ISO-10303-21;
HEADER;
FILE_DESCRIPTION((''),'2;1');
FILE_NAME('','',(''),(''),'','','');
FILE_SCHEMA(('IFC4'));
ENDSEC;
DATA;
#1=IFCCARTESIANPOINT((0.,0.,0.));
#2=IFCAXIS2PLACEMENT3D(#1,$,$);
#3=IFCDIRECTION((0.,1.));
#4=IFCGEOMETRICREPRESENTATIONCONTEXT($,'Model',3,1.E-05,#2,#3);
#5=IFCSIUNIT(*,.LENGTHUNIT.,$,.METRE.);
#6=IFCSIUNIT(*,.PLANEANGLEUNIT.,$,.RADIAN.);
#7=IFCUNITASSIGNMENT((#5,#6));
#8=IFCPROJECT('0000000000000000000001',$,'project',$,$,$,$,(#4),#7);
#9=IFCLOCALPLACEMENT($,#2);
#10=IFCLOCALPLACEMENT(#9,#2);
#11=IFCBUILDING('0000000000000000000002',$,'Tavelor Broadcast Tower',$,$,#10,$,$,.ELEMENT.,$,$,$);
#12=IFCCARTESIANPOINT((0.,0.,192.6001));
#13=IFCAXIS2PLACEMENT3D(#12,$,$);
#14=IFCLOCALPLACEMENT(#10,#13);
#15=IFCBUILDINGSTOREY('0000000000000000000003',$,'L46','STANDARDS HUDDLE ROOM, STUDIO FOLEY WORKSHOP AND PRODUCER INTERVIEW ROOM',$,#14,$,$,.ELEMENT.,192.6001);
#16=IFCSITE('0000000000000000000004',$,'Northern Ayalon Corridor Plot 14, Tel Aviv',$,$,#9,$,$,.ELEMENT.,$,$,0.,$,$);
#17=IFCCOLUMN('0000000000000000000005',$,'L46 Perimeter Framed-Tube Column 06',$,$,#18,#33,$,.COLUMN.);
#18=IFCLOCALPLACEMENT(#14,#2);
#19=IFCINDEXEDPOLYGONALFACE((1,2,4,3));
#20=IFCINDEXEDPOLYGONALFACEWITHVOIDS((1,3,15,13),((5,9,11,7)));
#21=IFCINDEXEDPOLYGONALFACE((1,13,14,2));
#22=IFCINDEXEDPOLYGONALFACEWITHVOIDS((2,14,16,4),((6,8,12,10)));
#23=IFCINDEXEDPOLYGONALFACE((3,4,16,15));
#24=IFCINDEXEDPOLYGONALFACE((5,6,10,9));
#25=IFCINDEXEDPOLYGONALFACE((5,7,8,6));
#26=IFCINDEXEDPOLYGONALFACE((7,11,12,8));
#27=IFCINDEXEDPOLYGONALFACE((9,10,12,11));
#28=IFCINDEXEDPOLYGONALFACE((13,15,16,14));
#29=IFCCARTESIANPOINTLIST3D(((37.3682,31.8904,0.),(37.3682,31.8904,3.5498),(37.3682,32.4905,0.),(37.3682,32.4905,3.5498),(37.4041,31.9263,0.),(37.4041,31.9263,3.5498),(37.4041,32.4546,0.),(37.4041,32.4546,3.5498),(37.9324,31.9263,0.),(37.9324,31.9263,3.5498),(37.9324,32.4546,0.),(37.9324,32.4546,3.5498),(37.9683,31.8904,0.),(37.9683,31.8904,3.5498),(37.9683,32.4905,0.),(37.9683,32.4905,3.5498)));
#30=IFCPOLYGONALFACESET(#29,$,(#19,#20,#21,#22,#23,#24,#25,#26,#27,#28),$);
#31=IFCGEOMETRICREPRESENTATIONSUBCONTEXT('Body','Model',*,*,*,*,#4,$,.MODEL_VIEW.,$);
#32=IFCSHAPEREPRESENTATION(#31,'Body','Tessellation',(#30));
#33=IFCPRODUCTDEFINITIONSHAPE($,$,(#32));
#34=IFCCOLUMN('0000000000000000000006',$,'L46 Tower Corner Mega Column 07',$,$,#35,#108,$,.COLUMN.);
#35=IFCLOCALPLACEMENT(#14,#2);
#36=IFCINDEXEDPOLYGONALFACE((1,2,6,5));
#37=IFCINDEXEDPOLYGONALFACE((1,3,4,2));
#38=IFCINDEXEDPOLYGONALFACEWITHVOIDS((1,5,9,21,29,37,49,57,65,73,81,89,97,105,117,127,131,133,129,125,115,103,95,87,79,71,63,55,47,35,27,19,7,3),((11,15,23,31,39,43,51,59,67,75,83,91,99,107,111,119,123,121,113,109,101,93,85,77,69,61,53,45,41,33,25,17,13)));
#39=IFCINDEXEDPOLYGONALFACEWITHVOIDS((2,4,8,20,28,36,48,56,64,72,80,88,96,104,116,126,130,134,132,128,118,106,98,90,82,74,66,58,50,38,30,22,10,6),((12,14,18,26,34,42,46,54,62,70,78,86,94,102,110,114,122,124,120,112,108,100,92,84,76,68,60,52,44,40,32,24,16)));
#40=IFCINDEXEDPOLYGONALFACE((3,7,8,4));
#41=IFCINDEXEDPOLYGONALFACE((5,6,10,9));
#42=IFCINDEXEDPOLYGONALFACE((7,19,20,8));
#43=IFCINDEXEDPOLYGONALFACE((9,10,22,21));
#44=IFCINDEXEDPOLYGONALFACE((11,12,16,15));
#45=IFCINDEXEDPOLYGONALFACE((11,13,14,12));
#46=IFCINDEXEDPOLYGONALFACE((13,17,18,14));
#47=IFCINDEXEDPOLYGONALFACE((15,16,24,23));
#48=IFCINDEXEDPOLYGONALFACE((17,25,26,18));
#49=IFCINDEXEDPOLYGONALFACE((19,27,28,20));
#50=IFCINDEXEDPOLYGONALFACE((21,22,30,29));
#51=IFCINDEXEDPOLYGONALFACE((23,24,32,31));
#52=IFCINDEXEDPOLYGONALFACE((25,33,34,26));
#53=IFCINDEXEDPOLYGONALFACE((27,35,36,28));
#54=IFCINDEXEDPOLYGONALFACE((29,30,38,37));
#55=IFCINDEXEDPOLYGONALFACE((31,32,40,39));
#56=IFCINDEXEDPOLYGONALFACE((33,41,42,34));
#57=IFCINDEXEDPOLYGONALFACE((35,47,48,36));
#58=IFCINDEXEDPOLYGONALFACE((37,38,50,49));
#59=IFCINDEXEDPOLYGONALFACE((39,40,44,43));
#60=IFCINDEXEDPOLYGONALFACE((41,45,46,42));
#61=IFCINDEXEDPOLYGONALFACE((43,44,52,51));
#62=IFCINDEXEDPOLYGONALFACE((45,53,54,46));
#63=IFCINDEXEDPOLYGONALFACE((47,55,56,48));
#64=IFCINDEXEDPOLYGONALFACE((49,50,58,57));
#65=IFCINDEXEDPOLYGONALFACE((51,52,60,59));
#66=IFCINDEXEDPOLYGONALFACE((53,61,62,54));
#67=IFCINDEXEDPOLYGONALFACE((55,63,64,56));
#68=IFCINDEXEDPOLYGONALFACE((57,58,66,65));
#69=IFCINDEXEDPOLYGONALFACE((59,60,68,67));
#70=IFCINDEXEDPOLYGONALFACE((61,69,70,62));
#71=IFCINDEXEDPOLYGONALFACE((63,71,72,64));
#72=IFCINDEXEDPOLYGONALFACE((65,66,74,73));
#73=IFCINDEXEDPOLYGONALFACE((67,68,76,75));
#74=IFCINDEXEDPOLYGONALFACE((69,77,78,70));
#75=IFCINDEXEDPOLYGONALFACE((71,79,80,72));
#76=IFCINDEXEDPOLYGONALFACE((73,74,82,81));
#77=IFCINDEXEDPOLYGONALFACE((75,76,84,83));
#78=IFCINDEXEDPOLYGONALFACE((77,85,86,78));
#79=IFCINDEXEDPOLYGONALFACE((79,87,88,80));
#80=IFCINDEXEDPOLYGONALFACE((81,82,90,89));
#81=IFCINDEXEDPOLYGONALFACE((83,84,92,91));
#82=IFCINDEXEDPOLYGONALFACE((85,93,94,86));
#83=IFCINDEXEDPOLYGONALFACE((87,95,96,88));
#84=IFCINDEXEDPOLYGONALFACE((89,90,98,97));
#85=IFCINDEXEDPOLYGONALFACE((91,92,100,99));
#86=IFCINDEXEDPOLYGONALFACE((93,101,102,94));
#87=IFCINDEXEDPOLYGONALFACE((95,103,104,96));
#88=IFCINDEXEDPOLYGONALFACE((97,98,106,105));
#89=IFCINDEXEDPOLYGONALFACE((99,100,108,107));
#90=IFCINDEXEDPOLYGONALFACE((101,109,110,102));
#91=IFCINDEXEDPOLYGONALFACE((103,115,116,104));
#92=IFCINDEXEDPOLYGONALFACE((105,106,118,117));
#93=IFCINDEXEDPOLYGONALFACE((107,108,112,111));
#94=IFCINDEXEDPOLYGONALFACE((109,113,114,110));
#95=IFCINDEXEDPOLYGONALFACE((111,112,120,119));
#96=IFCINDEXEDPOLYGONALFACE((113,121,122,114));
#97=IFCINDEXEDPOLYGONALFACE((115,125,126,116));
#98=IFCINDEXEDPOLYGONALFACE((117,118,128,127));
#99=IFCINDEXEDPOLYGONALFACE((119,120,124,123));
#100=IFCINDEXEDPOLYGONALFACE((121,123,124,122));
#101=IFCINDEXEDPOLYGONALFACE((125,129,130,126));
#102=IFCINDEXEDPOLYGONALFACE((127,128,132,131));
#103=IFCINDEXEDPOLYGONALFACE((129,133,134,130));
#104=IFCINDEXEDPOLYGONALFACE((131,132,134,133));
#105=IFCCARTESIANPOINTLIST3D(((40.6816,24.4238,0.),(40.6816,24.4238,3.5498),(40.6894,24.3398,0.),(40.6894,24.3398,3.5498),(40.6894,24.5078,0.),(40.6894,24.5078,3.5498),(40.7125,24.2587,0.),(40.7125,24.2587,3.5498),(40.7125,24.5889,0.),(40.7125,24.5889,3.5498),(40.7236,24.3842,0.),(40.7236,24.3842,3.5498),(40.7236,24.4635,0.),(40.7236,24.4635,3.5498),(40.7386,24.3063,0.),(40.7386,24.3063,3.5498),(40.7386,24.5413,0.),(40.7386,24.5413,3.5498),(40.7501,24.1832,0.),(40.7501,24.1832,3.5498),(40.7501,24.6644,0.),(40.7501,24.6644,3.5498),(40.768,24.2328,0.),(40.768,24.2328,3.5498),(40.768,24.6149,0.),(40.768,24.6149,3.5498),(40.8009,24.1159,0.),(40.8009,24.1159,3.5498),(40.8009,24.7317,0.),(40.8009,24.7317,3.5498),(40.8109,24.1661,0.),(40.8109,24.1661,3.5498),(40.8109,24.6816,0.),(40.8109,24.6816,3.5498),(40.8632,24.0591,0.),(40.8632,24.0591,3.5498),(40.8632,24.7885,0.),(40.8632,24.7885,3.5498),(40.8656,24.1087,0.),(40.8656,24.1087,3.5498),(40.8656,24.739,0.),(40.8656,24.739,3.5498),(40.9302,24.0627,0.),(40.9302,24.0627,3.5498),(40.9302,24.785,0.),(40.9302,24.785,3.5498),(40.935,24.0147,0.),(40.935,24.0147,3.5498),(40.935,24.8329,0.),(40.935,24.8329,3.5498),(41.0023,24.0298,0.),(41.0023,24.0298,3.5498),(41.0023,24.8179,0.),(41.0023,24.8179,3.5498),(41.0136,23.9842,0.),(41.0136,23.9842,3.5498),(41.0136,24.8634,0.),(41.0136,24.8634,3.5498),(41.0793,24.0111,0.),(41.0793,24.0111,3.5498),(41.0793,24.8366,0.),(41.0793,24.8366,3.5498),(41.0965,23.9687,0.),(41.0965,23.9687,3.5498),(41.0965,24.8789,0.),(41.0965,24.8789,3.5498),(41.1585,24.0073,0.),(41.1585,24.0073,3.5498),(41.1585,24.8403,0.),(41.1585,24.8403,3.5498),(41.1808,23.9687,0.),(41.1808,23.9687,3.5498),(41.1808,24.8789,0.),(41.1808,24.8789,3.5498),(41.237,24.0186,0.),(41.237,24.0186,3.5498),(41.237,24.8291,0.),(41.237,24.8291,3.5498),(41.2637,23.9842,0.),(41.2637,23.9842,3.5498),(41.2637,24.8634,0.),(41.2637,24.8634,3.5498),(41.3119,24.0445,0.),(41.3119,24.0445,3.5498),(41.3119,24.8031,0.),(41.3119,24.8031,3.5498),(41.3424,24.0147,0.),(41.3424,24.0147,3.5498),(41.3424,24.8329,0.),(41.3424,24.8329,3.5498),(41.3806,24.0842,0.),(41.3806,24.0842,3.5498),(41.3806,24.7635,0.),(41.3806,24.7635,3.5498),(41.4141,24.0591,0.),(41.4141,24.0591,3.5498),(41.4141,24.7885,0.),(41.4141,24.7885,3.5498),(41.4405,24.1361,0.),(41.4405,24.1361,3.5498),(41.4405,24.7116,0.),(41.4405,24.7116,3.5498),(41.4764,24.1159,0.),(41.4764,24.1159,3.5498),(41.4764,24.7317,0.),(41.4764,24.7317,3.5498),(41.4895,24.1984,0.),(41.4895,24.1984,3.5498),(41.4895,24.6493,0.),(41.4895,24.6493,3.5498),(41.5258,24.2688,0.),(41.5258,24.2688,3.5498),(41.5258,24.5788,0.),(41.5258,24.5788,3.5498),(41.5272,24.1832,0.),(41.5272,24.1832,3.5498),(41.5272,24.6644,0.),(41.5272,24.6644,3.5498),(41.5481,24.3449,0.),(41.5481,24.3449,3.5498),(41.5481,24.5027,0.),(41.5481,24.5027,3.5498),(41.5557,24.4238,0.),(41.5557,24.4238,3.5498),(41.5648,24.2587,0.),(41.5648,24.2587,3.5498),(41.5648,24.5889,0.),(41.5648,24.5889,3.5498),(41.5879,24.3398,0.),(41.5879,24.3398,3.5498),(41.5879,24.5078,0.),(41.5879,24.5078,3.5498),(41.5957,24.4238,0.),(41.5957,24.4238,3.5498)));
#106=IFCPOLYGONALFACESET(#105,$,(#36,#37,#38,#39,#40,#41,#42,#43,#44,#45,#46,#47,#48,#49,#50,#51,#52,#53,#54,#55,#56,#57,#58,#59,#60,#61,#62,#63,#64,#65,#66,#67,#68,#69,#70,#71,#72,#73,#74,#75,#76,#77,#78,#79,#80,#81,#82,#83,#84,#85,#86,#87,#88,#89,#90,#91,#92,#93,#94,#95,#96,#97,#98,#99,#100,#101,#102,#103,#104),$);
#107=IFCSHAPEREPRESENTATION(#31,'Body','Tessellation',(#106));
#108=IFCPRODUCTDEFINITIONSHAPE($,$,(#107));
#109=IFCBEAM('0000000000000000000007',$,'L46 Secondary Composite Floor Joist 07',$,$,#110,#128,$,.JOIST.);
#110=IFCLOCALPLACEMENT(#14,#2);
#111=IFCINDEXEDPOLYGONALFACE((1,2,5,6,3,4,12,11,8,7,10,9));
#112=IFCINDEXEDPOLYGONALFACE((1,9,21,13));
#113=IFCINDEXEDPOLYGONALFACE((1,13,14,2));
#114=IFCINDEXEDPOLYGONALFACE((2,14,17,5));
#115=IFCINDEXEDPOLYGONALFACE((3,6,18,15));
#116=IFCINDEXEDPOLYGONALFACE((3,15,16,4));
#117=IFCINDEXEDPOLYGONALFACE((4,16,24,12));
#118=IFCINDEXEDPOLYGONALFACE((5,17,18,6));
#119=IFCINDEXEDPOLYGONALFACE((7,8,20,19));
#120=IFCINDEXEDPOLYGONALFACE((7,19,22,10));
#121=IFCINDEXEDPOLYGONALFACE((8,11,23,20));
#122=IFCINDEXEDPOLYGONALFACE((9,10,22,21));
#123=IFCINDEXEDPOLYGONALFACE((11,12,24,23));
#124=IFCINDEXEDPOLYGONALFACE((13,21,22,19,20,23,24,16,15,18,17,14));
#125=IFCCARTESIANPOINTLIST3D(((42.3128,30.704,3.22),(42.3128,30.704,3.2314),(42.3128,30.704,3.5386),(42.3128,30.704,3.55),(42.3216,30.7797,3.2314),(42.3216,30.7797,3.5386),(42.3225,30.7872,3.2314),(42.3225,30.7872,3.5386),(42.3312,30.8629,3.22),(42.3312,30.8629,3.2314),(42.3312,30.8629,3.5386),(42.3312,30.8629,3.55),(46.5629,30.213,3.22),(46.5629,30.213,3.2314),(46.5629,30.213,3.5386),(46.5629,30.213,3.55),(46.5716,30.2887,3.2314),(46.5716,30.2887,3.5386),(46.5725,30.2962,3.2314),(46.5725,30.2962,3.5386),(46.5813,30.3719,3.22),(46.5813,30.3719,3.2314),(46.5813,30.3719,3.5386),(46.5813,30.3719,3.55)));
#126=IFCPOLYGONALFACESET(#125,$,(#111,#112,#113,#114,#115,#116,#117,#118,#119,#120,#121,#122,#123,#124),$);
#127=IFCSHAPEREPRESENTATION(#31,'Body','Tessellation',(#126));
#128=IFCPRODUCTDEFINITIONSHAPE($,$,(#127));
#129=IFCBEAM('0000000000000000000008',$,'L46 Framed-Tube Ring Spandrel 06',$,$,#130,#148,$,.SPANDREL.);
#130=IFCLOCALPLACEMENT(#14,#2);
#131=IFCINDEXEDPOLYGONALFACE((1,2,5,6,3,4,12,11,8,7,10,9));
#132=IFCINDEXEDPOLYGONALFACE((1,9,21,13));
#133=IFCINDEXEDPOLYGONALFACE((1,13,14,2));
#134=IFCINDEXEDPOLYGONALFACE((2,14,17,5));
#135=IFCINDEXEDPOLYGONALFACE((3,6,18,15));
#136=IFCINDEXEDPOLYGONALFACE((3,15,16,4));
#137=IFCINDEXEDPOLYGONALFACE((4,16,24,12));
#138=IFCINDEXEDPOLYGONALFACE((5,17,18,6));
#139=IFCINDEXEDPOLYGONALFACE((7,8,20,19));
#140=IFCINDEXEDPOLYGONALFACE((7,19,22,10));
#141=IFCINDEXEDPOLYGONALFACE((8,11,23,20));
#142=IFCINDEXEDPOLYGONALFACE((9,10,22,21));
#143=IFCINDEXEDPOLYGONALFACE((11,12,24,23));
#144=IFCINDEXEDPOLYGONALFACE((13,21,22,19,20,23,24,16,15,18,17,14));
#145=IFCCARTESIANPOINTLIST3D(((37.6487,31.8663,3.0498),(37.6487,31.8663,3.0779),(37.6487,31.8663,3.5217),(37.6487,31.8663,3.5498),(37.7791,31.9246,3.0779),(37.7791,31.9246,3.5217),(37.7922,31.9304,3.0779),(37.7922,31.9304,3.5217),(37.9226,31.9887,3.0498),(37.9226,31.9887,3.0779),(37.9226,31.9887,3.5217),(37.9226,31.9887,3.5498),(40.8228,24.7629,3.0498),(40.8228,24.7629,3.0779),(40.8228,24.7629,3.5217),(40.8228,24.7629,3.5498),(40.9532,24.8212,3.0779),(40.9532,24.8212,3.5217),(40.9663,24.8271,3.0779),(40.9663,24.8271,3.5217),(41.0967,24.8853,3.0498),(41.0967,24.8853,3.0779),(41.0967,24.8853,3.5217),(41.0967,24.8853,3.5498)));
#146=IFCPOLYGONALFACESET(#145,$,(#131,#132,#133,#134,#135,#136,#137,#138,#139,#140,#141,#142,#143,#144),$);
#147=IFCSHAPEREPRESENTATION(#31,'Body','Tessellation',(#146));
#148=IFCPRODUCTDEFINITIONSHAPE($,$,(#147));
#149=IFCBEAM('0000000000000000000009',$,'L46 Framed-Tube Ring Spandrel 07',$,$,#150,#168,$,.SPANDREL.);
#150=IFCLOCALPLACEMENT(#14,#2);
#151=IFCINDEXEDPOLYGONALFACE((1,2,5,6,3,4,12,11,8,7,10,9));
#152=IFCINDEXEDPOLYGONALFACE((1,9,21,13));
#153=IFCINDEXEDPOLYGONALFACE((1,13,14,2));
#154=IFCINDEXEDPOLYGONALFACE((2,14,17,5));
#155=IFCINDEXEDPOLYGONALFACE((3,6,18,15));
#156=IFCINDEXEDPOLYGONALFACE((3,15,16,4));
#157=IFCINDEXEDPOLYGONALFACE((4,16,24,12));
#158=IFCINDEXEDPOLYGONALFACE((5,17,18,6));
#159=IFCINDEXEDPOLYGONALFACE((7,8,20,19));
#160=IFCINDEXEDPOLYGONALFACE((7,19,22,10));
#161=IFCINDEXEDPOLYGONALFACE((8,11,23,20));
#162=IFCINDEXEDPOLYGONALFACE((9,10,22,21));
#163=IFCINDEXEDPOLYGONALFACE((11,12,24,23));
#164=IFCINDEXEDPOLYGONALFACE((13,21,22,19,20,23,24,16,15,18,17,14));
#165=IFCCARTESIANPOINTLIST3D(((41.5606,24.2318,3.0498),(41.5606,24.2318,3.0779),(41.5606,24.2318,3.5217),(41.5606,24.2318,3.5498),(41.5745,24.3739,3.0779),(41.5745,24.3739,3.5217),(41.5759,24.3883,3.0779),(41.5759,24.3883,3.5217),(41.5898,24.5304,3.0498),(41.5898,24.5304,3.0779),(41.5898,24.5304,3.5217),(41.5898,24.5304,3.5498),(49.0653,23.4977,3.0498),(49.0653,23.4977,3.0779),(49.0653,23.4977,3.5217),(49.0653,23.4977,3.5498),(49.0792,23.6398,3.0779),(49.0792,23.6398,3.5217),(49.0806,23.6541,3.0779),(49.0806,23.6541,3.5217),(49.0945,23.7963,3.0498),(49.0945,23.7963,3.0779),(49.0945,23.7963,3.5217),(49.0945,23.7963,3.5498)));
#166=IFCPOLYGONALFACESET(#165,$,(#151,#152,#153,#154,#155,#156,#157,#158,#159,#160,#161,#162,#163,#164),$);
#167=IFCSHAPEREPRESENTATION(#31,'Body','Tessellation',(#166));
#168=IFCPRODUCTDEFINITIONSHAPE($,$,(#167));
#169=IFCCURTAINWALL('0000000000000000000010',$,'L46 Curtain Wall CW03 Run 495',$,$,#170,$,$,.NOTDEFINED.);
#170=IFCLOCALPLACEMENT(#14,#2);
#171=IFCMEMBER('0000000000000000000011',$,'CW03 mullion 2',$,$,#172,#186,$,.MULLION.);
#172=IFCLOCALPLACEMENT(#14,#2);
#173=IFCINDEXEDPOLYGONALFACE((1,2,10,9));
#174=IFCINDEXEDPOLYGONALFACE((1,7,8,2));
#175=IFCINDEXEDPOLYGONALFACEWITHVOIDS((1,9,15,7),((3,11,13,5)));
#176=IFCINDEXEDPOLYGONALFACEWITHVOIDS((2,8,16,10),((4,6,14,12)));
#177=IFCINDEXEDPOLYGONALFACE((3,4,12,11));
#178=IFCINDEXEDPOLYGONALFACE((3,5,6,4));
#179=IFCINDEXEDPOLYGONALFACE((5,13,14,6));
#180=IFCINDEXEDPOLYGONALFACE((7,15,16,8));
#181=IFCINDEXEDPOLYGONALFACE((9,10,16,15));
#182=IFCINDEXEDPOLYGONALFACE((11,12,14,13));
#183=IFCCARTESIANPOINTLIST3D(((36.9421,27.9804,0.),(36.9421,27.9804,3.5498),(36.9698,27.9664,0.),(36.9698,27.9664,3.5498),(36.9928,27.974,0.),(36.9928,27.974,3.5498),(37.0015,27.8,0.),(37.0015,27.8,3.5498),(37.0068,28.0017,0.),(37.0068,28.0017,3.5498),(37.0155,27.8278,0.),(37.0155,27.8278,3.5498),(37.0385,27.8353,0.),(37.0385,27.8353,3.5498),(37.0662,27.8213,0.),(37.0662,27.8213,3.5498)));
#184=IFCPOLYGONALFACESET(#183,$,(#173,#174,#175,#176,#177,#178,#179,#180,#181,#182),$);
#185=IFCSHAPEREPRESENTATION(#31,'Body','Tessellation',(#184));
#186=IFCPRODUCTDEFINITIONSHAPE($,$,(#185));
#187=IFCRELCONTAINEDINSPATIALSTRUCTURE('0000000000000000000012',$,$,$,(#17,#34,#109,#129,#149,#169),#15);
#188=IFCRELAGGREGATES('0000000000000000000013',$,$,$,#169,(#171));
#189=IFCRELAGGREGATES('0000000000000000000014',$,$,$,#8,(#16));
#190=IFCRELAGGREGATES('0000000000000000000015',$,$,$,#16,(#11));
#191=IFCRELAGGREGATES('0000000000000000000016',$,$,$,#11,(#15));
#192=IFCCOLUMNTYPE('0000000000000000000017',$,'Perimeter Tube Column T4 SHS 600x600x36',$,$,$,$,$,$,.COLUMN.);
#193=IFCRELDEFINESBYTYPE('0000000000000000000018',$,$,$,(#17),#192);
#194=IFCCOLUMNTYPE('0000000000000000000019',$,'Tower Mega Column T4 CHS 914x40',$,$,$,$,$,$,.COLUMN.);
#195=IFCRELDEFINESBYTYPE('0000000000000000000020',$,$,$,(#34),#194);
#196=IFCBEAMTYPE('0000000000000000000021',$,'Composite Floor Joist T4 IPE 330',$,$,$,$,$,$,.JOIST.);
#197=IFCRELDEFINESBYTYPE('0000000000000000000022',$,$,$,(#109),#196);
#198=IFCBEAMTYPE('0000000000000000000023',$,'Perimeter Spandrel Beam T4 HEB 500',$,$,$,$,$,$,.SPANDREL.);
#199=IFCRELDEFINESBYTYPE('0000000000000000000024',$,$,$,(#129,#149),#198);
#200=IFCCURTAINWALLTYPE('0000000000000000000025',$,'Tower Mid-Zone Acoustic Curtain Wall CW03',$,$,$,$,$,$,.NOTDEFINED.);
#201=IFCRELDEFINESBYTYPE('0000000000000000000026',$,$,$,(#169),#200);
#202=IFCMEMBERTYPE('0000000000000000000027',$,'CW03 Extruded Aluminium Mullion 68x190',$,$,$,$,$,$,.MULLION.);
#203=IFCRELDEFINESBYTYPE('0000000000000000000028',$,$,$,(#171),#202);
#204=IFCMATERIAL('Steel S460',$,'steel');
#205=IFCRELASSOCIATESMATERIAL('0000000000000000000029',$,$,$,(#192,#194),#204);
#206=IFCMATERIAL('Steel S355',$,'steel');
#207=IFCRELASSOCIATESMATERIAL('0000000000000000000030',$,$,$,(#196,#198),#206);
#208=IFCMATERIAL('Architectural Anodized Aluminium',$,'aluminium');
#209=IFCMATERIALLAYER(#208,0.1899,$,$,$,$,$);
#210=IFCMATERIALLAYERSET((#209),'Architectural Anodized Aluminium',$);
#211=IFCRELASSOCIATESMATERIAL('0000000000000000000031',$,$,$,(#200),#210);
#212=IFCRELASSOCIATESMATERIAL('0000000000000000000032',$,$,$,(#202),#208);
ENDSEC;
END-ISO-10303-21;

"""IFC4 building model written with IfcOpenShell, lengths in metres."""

from ifc_helpers import new_model, si_unit, direction, frame, origin, origin_2d, place, context, subcontext, project, spatial, hollow_rectangle, hollow_circle, i_section, extrude, source, transform, mapped, material, layer, layer_set, material_profile, profile_set, type_object, type_shapes, element, aggregate, save


model = new_model("IFC4")

# Units and contexts
model_context = context("Model", 3, precision=1e-05, world=origin(), true_north=direction((0.0, 1.0)))
body_context = subcontext(model_context, "Body", "Model", "MODEL_VIEW")
ifc_project = project(units=[si_unit("LENGTHUNIT", "METRE"), si_unit("PLANEANGLEUNIT", "RADIAN")], contexts=[model_context])

# Site, building, storey
site_placement = place(None, origin())
site = spatial("IfcSite", under=ifc_project, at=site_placement, Name="Northern Ayalon Corridor Plot 14, Tel Aviv", CompositionType="ELEMENT", RefElevation=0.0)
building_placement = place(site_placement, origin())
building = spatial("IfcBuilding", under=site, at=building_placement, Name="Tavelor Broadcast Tower", CompositionType="ELEMENT")
storey_placement = place(building_placement, frame((0.0, 0.0, 192.6001)))
storey = spatial("IfcBuildingStorey", under=building, at=storey_placement, Name="L46", Description="STANDARDS HUDDLE ROOM, STUDIO FOLEY WORKSHOP AND PRODUCER INTERVIEW ROOM", CompositionType="ELEMENT", Elevation=192.6001)

# Columns
ifc_material_1 = material(Name="Steel S460", Category="steel")
ifc_material_profile_1 = material_profile(ifc_material_1, hollow_rectangle(XDim=0.6001, YDim=0.6001, WallThickness=0.0359, at=origin_2d()), Name="SHS 600x600x36")
ifc_profile_set_1 = profile_set([ifc_material_profile_1], Name="Steel S460")
column_type_1 = type_object("IfcColumnType", Name="Perimeter Tube Column T4 SHS 600x600x36", PredefinedType="COLUMN", material=ifc_profile_set_1)
column_1_placement = place(storey_placement, frame((37.6682, 32.1904, 0.0), z_axis=(0.0, 0.0, 1.0), x_axis=(1.0, 0.0, 0.0)))
element("IfcColumn", 1, at=column_1_placement, inside=storey, type_object=column_type_1, Name="L46 Perimeter Framed-Tube Column 06", PredefinedType="COLUMN", context=body_context, shape_type="SweptSolid", body=[
    extrude(hollow_rectangle(XDim=0.6001, YDim=0.6001, WallThickness=0.0359, at=origin_2d()), origin(), (0.0, 0.0, 1.0), 3.5498),
])
ifc_material_profile_2 = material_profile(ifc_material_1, hollow_circle(Radius=0.457, WallThickness=0.04, at=origin_2d()), Name="CHS 914x40")
ifc_profile_set_2 = profile_set([ifc_material_profile_2], Name="Steel S460")
column_type_2 = type_object("IfcColumnType", Name="Tower Mega Column T4 CHS 914x40", PredefinedType="COLUMN", material=ifc_profile_set_2)
column_2_placement = place(storey_placement, frame((41.1387, 24.4238, 0.0), z_axis=(0.0, 0.0, 1.0), x_axis=(1.0, 0.0, 0.0)))
element("IfcColumn", 2, at=column_2_placement, inside=storey, type_object=column_type_2, Name="L46 Tower Corner Mega Column 07", PredefinedType="COLUMN", context=body_context, shape_type="SweptSolid", body=[
    extrude(hollow_circle(Radius=0.457, WallThickness=0.04, at=origin_2d()), origin(), (0.0, 0.0, 1.0), 3.5498),
])

# Beams
ifc_material_2 = material(Name="Steel S355", Category="steel")
ifc_material_profile_3 = material_profile(ifc_material_2, i_section(OverallWidth=0.1599, OverallDepth=0.3301, WebThickness=0.0076, FlangeThickness=0.0115, at=origin_2d()), Name="IPE 330")
ifc_profile_set_3 = profile_set([ifc_material_profile_3], Name="Steel S355")
beam_type_1 = type_object("IfcBeamType", Name="Composite Floor Joist T4 IPE 330", PredefinedType="JOIST", material=ifc_profile_set_3)
beam_1_placement = place(storey_placement, frame((42.322, 30.7834, 3.385), z_axis=(0.993393, -0.114758, 0.0), x_axis=(0.114758, 0.993393, 0.0)))
element("IfcBeam", 3, at=beam_1_placement, inside=storey, type_object=beam_type_1, Name="L46 Secondary Composite Floor Joist 07", PredefinedType="JOIST", context=body_context, shape_type="SweptSolid", body=[
    extrude(i_section(OverallWidth=0.1599, OverallDepth=0.3301, WebThickness=0.0076, FlangeThickness=0.0115, at=origin_2d()), origin(), (0.0, 0.0, 1.0), 4.2783),
])
ifc_material_profile_4 = material_profile(ifc_material_2, i_section(OverallWidth=0.3, OverallDepth=0.5, WebThickness=0.0144, FlangeThickness=0.0281, at=origin_2d()), Name="HEB 500")
ifc_profile_set_4 = profile_set([ifc_material_profile_4], Name="Steel S355")
beam_type_2 = type_object("IfcBeamType", Name="Perimeter Spandrel Beam T4 HEB 500", PredefinedType="SPANDREL", material=ifc_profile_set_4)
beam_2_placement = place(storey_placement, frame((37.7856, 31.9275, 3.2998), z_axis=(0.407969, -0.912996, 0.0), x_axis=(0.912996, 0.407969, 0.0)))
element("IfcBeam", 4, at=beam_2_placement, inside=storey, type_object=beam_type_2, Name="L46 Framed-Tube Ring Spandrel 06", PredefinedType="SPANDREL", context=body_context, shape_type="SweptSolid", body=[
    extrude(i_section(OverallWidth=0.3, OverallDepth=0.5, WebThickness=0.0144, FlangeThickness=0.0281, at=origin_2d()), origin(), (0.0, 0.0, 1.0), 7.7803),
])
beam_3_placement = place(storey_placement, frame((41.5752, 24.3811, 3.2998), z_axis=(0.995249, -0.097359, 0.0), x_axis=(0.097359, 0.995249, 0.0)))
element("IfcBeam", 5, at=beam_3_placement, inside=storey, type_object=beam_type_2, Name="L46 Framed-Tube Ring Spandrel 07", PredefinedType="SPANDREL", context=body_context, shape_type="SweptSolid", body=[
    extrude(i_section(OverallWidth=0.3, OverallDepth=0.5, WebThickness=0.0144, FlangeThickness=0.0281, at=origin_2d()), origin(), (0.0, 0.0, 1.0), 7.5405),
])

# Curtain wall, member
ifc_material_3 = material(Name="Architectural Anodized Aluminium", Category="aluminium")
ifc_layer_1 = layer(ifc_material_3, 0.1899)
ifc_layer_set_1 = layer_set([ifc_layer_1], Name="Architectural Anodized Aluminium")
curtain_wall_type = type_object("IfcCurtainWallType", Name="Tower Mid-Zone Acoustic Curtain Wall CW03", PredefinedType="NOTDEFINED", material=ifc_layer_set_1)
curtain_wall_1_placement = place(storey_placement, origin())
curtain_wall_1 = element("IfcCurtainWall", 6, at=curtain_wall_1_placement, inside=storey, type_object=curtain_wall_type, Name="L46 Curtain Wall CW03 Run 495", PredefinedType="NOTDEFINED")
ifc_material_profile_5 = material_profile(ifc_material_3, hollow_rectangle(XDim=0.0681, YDim=0.1899, WallThickness=0.022, at=origin_2d()), Name="RHS 68x190x22")
ifc_profile_set_5 = profile_set([ifc_material_profile_5], Name="Architectural Anodized Aluminium")
member_type_1 = type_object("IfcMemberType", Name="CW03 Extruded Aluminium Mullion 68x190", PredefinedType="MULLION", material=ifc_profile_set_5)
shared_shape_1 = source(origin(), body_context, "Body", "SweptSolid", [
    extrude(hollow_rectangle(XDim=0.0681, YDim=0.1899, WallThickness=0.022, at=origin_2d()), origin(), (0.0, 0.0, 1.0), 3.5498),
])
type_shapes(member_type_1, [shared_shape_1])
member_1_placement = place(storey_placement, frame((37.0042, 27.9009, 0.0), z_axis=(0.0, 0.0, 1.0), x_axis=(0.949833, 0.312759, 0.0)))
member_1 = element("IfcMember", 7, at=member_1_placement, type_object=member_type_1, Name="CW03 mullion 2", PredefinedType="MULLION", context=body_context, shape_type="MappedRepresentation", body=[
    mapped(shared_shape_1, transform((0.0, 0.0, 0.0), scale=1.0)),
])
aggregate(curtain_wall_1, [member_1])

save(model, "model.ifc")
